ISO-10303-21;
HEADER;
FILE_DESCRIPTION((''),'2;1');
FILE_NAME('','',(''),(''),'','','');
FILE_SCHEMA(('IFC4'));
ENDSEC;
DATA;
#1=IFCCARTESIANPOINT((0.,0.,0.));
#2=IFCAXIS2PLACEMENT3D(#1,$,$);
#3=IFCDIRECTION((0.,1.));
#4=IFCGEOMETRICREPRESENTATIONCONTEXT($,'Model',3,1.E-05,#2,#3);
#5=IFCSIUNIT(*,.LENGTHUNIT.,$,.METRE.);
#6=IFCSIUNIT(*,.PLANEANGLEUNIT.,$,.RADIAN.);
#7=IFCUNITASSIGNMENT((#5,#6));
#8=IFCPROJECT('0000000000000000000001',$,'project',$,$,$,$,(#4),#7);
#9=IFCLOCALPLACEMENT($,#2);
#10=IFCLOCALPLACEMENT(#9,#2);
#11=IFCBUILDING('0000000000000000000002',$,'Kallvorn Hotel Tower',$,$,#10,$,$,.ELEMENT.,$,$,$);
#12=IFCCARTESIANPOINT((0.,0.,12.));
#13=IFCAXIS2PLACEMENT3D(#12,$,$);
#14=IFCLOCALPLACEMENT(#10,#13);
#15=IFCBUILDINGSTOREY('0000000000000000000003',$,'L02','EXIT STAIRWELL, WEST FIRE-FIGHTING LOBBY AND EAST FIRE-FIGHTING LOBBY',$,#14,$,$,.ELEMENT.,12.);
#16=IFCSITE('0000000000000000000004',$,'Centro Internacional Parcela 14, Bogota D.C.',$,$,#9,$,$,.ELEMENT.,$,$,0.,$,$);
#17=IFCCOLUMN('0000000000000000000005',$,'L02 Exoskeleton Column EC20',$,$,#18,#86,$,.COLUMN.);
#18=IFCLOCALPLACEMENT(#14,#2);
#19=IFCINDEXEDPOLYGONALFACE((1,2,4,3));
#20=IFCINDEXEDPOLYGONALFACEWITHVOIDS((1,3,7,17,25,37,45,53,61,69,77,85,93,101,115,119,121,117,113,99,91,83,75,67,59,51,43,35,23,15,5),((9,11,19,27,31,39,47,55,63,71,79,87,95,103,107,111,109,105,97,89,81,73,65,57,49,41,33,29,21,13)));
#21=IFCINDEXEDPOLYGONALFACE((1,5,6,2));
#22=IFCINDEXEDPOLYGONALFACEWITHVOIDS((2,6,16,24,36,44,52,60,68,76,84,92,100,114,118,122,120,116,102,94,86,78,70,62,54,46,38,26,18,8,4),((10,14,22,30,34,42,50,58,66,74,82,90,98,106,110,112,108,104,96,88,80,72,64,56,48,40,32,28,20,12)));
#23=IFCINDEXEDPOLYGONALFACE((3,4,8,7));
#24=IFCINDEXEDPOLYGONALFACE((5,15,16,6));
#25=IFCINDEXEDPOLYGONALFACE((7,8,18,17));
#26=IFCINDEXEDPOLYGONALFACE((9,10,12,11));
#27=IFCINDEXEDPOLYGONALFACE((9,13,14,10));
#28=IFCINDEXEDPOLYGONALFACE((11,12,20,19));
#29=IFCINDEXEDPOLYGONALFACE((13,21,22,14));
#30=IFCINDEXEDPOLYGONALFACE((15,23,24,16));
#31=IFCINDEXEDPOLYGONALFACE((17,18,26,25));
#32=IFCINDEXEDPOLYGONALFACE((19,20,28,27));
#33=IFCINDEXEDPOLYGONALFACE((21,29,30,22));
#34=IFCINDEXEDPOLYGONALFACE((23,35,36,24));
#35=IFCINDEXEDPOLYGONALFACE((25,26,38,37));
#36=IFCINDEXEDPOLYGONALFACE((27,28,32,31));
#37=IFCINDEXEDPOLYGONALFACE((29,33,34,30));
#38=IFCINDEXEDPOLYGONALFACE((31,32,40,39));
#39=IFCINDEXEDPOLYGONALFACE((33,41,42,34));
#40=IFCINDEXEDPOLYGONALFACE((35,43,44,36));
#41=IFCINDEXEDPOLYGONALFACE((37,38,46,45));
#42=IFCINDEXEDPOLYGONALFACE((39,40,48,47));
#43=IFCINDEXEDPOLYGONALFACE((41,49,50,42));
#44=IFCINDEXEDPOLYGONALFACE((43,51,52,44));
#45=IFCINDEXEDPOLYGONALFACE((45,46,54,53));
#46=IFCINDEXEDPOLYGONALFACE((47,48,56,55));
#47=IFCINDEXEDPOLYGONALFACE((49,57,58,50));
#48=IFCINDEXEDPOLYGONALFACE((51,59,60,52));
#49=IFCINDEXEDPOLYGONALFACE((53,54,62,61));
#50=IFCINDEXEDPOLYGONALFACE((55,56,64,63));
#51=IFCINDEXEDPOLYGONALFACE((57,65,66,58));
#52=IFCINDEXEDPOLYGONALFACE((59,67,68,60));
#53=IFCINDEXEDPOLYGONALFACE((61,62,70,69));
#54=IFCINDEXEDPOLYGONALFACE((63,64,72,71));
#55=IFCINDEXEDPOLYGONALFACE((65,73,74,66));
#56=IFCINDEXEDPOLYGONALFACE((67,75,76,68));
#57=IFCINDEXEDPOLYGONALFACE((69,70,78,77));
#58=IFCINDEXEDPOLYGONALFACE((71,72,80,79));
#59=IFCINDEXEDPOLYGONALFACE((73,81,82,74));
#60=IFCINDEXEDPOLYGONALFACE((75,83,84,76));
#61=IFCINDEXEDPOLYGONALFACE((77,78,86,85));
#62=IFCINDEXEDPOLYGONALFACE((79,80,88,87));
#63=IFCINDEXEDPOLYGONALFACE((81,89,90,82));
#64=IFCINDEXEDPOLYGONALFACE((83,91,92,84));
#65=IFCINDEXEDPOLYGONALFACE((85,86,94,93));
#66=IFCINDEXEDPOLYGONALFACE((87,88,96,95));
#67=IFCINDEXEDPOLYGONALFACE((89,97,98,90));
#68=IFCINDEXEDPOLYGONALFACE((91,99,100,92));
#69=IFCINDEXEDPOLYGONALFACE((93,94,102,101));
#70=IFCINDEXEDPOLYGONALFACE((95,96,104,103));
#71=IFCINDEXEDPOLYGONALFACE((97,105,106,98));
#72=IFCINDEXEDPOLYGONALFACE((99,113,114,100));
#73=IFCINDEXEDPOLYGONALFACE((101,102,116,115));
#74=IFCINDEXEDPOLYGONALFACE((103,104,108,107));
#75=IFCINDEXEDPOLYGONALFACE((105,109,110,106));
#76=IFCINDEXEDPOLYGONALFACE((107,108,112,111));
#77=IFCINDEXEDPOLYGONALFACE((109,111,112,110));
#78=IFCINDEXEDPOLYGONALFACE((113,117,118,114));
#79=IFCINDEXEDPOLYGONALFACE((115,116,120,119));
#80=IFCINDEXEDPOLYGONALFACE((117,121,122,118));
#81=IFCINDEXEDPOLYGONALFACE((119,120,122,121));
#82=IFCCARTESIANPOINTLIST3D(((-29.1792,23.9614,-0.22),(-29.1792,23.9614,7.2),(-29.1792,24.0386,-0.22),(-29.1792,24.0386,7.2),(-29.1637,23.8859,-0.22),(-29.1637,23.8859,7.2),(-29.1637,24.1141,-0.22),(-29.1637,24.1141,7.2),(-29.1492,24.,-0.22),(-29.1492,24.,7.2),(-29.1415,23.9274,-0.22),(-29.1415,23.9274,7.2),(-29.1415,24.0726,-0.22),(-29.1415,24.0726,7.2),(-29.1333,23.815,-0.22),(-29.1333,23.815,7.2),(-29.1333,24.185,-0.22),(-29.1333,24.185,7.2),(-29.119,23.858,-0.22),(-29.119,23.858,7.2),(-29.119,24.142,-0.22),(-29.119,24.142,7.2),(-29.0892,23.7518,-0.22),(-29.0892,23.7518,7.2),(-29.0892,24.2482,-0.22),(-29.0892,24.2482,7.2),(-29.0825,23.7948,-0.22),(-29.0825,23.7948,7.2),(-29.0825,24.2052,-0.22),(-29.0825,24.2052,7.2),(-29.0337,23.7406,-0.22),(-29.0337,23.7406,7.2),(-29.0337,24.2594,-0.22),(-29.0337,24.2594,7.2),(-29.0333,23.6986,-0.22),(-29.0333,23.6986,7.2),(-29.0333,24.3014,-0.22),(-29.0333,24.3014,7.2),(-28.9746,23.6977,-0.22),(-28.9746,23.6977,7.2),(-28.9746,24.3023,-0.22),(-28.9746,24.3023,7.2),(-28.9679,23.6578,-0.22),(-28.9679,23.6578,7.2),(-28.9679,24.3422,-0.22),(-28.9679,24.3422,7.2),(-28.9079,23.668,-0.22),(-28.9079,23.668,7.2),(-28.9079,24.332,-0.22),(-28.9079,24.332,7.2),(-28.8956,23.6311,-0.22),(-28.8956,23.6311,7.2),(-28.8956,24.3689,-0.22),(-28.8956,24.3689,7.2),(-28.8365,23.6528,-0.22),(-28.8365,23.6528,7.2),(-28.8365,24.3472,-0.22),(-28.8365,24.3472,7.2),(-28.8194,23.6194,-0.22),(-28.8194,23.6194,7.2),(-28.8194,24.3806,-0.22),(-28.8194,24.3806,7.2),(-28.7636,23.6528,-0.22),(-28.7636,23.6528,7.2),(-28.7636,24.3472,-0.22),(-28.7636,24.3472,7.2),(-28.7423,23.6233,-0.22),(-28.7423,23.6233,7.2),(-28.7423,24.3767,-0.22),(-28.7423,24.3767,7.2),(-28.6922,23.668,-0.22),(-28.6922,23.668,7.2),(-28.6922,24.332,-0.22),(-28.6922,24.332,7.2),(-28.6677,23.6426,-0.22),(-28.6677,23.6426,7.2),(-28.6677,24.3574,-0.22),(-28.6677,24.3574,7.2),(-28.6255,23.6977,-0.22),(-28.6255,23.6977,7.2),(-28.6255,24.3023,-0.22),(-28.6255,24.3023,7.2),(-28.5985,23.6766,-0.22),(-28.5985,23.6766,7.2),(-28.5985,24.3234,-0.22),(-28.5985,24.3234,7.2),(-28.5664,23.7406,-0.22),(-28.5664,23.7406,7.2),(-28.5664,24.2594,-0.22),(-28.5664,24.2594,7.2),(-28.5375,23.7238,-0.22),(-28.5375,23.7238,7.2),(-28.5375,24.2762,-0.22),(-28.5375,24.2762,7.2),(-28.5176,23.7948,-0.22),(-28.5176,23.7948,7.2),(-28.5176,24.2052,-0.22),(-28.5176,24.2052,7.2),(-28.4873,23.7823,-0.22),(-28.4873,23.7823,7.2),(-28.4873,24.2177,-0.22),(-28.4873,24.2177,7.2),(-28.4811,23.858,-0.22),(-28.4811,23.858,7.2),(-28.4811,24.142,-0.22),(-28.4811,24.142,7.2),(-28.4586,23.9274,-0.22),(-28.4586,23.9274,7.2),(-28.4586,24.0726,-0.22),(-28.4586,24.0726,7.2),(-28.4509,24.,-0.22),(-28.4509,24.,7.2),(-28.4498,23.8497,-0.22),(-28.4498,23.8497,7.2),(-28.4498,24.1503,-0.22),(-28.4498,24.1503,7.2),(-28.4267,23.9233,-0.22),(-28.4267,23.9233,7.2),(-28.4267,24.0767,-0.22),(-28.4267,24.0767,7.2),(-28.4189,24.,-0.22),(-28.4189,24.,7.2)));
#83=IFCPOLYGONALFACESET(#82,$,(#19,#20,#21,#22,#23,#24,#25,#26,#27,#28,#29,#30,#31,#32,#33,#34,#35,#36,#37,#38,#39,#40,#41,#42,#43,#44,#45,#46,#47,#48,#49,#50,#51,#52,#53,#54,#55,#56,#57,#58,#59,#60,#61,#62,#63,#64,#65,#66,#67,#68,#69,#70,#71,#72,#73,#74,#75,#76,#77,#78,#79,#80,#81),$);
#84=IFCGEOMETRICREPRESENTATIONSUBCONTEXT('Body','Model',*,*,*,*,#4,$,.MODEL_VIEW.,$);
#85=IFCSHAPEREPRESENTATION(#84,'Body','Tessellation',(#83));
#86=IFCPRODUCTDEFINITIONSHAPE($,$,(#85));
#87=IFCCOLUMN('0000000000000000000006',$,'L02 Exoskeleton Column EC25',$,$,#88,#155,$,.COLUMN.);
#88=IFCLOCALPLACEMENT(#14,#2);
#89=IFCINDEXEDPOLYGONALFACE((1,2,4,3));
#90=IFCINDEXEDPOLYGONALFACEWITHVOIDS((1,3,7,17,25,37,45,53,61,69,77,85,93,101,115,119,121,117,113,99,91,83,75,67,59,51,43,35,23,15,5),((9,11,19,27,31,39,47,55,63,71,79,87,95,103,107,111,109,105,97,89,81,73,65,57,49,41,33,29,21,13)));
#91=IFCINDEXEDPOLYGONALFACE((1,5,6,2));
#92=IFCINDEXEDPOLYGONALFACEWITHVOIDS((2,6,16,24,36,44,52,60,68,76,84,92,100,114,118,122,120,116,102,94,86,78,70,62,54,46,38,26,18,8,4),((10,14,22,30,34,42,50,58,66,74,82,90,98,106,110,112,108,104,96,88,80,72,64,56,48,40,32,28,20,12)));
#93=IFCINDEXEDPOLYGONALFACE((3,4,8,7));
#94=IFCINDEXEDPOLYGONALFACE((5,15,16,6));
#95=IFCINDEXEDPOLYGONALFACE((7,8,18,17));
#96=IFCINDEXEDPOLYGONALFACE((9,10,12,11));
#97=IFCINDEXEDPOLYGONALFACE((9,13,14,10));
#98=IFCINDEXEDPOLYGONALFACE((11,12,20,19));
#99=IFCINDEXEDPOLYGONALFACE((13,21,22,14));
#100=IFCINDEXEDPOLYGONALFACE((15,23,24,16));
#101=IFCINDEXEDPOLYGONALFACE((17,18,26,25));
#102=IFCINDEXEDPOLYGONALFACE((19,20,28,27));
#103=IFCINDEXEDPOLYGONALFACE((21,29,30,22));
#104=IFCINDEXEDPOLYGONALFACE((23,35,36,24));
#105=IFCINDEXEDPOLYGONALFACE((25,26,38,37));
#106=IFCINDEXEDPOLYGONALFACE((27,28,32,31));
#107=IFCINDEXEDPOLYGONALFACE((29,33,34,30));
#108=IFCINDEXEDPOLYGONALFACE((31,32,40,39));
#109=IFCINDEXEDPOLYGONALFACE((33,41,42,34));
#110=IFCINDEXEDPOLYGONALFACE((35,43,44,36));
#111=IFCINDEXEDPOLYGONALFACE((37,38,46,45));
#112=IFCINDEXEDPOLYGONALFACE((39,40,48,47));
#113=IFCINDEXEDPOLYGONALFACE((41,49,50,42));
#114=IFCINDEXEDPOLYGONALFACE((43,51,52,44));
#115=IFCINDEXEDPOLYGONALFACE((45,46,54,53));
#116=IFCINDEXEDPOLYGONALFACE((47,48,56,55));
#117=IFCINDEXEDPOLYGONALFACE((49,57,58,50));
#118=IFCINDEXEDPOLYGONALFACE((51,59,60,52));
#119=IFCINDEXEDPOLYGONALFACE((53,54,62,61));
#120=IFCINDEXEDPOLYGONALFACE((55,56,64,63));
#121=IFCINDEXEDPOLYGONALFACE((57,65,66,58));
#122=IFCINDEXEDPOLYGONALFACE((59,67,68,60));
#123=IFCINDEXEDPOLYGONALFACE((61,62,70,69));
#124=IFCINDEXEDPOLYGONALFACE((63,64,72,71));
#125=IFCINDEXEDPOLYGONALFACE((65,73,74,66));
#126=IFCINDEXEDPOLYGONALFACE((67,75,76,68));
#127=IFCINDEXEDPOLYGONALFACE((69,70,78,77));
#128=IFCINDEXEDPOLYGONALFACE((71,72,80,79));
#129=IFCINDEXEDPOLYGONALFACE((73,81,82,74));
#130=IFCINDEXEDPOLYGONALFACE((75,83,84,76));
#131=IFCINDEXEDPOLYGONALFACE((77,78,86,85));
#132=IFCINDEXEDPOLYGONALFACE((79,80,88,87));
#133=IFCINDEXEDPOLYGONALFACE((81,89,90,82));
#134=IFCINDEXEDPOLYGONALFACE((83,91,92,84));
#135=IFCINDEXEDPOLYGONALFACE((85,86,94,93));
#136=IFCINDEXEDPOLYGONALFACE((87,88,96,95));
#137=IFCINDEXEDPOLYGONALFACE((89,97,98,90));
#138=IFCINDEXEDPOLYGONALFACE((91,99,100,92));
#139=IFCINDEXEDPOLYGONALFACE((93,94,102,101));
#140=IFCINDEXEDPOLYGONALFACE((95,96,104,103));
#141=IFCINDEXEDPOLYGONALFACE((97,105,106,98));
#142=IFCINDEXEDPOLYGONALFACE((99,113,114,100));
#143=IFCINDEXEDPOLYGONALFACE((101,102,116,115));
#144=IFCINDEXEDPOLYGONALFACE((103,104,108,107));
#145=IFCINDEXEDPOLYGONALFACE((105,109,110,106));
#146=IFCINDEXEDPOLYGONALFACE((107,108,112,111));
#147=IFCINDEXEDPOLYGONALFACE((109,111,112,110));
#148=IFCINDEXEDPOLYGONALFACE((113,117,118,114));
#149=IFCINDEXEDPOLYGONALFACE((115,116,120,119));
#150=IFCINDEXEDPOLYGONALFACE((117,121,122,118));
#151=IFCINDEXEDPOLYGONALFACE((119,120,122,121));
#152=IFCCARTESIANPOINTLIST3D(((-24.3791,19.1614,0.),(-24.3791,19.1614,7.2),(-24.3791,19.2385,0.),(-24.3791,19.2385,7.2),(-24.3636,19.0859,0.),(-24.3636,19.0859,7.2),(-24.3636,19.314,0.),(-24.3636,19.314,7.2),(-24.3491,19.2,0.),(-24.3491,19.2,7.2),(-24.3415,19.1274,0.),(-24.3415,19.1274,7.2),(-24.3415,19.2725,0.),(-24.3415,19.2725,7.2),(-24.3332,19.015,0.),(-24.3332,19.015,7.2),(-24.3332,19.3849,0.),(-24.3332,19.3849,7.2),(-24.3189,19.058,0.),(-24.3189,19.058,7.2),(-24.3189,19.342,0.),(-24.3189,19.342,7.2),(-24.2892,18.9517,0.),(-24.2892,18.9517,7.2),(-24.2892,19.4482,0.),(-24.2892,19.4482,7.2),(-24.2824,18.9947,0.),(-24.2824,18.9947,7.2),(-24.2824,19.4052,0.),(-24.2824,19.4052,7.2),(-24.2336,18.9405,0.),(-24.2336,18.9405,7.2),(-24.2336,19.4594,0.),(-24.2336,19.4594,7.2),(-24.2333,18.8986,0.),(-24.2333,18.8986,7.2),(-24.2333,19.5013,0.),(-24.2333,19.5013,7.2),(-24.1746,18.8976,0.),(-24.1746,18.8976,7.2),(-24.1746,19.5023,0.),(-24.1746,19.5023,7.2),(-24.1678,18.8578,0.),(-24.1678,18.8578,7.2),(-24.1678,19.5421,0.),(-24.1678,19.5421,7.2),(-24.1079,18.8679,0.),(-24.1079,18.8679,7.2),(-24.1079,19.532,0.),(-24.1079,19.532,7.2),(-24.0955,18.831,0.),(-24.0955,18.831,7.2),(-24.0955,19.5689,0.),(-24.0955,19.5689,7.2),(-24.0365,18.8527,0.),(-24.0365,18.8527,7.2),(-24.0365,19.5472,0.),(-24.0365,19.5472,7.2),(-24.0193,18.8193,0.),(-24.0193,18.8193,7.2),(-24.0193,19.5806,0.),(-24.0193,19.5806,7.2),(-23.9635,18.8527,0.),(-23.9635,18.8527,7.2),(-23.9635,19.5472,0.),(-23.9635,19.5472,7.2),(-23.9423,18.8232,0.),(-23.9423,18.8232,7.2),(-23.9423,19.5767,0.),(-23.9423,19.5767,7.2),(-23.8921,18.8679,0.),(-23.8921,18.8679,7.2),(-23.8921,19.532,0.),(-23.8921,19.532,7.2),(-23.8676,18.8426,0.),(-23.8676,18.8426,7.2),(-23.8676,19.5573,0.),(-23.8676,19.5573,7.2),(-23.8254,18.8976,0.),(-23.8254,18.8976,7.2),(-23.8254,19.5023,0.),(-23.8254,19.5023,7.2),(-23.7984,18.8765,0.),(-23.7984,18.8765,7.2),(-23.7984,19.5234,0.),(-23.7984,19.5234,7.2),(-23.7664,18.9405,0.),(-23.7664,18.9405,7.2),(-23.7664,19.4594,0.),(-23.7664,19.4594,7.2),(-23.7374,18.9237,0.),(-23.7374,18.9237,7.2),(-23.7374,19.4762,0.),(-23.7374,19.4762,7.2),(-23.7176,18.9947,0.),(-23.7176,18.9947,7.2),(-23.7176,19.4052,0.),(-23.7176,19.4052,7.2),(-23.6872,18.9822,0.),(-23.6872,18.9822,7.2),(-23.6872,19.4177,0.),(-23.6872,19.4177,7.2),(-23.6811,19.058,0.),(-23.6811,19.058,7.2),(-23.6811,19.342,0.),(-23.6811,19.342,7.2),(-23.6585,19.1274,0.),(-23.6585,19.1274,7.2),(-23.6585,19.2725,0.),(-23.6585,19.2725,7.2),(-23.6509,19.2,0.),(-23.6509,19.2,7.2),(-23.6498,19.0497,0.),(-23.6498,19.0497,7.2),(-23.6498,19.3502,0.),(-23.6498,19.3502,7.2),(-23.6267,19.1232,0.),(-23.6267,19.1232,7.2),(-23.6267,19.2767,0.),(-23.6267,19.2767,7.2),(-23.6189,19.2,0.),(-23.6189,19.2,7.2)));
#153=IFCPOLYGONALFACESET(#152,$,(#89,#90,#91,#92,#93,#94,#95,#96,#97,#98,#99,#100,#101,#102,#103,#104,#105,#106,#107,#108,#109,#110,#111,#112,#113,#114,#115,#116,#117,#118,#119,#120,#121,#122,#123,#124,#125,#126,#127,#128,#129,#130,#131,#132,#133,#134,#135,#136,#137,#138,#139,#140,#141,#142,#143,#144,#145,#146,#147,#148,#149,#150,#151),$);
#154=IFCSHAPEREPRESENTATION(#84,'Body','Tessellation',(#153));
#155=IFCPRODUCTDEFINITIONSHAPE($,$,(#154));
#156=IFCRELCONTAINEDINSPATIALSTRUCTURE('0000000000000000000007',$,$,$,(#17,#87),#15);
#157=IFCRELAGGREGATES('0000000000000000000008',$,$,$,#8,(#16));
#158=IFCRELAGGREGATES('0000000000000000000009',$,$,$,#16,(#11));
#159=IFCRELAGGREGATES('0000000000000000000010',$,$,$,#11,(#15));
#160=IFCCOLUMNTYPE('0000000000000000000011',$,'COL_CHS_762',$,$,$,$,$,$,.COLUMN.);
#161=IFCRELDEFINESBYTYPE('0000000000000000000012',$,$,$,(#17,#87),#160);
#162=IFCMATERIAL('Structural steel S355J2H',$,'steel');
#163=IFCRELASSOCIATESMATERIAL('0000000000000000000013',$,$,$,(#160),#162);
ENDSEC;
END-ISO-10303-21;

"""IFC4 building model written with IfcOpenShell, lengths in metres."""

from ifc_helpers import new_model, si_unit, direction, frame, origin, origin_2d, place, context, subcontext, project, spatial, hollow_circle, extrude, material, material_profile, profile_set, type_object, element, save


model = new_model("IFC4")

# Units and contexts
model_context = context("Model", 3, precision=1e-05, world=origin(), true_north=direction((0.0, 1.0)))
body_context = subcontext(model_context, "Body", "Model", "MODEL_VIEW")
ifc_project = project(units=[si_unit("LENGTHUNIT", "METRE"), si_unit("PLANEANGLEUNIT", "RADIAN")], contexts=[model_context])

# Site, building, storey
site_placement = place(None, origin())
site = spatial("IfcSite", under=ifc_project, at=site_placement, Name="Centro Internacional Parcela 14, Bogota D.C.", CompositionType="ELEMENT", RefElevation=0.0)
building_placement = place(site_placement, origin())
building = spatial("IfcBuilding", under=site, at=building_placement, Name="Kallvorn Hotel Tower", CompositionType="ELEMENT")
storey_placement = place(building_placement, frame((0.0, 0.0, 12.0)))
storey = spatial("IfcBuildingStorey", under=building, at=storey_placement, Name="L02", Description="EXIT STAIRWELL, WEST FIRE-FIGHTING LOBBY AND EAST FIRE-FIGHTING LOBBY", CompositionType="ELEMENT", Elevation=12.0)

# Columns
ifc_material_1 = material(Name="Structural steel S355J2H", Category="steel")
ifc_material_profile_1 = material_profile(ifc_material_1, hollow_circle(Radius=0.3811, WallThickness=0.032, at=origin_2d()), Name="CHS 762x32")
ifc_profile_set_1 = profile_set([ifc_material_profile_1], Name="Structural steel S355J2H")
column_type_1 = type_object("IfcColumnType", Name="COL_CHS_762", PredefinedType="COLUMN", material=ifc_profile_set_1)
column_1_placement = place(storey_placement, frame((-28.8, 24.0, -0.22), z_axis=(0.0, 0.0, 1.0), x_axis=(1.0, 0.0, 0.0)))
element("IfcColumn", 1, at=column_1_placement, inside=storey, type_object=column_type_1, Name="L02 Exoskeleton Column EC20", PredefinedType="COLUMN", context=body_context, shape_type="SweptSolid", body=[
    extrude(hollow_circle(Radius=0.3811, WallThickness=0.032, at=origin_2d()), origin(), (0.0, 0.0, 1.0), 7.4199),
])
column_2_placement = place(storey_placement, frame((-24.0, 19.2, 0.0), z_axis=(0.0, 0.0, 1.0), x_axis=(1.0, 0.0, 0.0)))
element("IfcColumn", 2, at=column_2_placement, inside=storey, type_object=column_type_1, Name="L02 Exoskeleton Column EC25", PredefinedType="COLUMN", context=body_context, shape_type="SweptSolid", body=[
    extrude(hollow_circle(Radius=0.3811, WallThickness=0.032, at=origin_2d()), origin(), (0.0, 0.0, 1.0), 7.2),
])

save(model, "model.ifc")
